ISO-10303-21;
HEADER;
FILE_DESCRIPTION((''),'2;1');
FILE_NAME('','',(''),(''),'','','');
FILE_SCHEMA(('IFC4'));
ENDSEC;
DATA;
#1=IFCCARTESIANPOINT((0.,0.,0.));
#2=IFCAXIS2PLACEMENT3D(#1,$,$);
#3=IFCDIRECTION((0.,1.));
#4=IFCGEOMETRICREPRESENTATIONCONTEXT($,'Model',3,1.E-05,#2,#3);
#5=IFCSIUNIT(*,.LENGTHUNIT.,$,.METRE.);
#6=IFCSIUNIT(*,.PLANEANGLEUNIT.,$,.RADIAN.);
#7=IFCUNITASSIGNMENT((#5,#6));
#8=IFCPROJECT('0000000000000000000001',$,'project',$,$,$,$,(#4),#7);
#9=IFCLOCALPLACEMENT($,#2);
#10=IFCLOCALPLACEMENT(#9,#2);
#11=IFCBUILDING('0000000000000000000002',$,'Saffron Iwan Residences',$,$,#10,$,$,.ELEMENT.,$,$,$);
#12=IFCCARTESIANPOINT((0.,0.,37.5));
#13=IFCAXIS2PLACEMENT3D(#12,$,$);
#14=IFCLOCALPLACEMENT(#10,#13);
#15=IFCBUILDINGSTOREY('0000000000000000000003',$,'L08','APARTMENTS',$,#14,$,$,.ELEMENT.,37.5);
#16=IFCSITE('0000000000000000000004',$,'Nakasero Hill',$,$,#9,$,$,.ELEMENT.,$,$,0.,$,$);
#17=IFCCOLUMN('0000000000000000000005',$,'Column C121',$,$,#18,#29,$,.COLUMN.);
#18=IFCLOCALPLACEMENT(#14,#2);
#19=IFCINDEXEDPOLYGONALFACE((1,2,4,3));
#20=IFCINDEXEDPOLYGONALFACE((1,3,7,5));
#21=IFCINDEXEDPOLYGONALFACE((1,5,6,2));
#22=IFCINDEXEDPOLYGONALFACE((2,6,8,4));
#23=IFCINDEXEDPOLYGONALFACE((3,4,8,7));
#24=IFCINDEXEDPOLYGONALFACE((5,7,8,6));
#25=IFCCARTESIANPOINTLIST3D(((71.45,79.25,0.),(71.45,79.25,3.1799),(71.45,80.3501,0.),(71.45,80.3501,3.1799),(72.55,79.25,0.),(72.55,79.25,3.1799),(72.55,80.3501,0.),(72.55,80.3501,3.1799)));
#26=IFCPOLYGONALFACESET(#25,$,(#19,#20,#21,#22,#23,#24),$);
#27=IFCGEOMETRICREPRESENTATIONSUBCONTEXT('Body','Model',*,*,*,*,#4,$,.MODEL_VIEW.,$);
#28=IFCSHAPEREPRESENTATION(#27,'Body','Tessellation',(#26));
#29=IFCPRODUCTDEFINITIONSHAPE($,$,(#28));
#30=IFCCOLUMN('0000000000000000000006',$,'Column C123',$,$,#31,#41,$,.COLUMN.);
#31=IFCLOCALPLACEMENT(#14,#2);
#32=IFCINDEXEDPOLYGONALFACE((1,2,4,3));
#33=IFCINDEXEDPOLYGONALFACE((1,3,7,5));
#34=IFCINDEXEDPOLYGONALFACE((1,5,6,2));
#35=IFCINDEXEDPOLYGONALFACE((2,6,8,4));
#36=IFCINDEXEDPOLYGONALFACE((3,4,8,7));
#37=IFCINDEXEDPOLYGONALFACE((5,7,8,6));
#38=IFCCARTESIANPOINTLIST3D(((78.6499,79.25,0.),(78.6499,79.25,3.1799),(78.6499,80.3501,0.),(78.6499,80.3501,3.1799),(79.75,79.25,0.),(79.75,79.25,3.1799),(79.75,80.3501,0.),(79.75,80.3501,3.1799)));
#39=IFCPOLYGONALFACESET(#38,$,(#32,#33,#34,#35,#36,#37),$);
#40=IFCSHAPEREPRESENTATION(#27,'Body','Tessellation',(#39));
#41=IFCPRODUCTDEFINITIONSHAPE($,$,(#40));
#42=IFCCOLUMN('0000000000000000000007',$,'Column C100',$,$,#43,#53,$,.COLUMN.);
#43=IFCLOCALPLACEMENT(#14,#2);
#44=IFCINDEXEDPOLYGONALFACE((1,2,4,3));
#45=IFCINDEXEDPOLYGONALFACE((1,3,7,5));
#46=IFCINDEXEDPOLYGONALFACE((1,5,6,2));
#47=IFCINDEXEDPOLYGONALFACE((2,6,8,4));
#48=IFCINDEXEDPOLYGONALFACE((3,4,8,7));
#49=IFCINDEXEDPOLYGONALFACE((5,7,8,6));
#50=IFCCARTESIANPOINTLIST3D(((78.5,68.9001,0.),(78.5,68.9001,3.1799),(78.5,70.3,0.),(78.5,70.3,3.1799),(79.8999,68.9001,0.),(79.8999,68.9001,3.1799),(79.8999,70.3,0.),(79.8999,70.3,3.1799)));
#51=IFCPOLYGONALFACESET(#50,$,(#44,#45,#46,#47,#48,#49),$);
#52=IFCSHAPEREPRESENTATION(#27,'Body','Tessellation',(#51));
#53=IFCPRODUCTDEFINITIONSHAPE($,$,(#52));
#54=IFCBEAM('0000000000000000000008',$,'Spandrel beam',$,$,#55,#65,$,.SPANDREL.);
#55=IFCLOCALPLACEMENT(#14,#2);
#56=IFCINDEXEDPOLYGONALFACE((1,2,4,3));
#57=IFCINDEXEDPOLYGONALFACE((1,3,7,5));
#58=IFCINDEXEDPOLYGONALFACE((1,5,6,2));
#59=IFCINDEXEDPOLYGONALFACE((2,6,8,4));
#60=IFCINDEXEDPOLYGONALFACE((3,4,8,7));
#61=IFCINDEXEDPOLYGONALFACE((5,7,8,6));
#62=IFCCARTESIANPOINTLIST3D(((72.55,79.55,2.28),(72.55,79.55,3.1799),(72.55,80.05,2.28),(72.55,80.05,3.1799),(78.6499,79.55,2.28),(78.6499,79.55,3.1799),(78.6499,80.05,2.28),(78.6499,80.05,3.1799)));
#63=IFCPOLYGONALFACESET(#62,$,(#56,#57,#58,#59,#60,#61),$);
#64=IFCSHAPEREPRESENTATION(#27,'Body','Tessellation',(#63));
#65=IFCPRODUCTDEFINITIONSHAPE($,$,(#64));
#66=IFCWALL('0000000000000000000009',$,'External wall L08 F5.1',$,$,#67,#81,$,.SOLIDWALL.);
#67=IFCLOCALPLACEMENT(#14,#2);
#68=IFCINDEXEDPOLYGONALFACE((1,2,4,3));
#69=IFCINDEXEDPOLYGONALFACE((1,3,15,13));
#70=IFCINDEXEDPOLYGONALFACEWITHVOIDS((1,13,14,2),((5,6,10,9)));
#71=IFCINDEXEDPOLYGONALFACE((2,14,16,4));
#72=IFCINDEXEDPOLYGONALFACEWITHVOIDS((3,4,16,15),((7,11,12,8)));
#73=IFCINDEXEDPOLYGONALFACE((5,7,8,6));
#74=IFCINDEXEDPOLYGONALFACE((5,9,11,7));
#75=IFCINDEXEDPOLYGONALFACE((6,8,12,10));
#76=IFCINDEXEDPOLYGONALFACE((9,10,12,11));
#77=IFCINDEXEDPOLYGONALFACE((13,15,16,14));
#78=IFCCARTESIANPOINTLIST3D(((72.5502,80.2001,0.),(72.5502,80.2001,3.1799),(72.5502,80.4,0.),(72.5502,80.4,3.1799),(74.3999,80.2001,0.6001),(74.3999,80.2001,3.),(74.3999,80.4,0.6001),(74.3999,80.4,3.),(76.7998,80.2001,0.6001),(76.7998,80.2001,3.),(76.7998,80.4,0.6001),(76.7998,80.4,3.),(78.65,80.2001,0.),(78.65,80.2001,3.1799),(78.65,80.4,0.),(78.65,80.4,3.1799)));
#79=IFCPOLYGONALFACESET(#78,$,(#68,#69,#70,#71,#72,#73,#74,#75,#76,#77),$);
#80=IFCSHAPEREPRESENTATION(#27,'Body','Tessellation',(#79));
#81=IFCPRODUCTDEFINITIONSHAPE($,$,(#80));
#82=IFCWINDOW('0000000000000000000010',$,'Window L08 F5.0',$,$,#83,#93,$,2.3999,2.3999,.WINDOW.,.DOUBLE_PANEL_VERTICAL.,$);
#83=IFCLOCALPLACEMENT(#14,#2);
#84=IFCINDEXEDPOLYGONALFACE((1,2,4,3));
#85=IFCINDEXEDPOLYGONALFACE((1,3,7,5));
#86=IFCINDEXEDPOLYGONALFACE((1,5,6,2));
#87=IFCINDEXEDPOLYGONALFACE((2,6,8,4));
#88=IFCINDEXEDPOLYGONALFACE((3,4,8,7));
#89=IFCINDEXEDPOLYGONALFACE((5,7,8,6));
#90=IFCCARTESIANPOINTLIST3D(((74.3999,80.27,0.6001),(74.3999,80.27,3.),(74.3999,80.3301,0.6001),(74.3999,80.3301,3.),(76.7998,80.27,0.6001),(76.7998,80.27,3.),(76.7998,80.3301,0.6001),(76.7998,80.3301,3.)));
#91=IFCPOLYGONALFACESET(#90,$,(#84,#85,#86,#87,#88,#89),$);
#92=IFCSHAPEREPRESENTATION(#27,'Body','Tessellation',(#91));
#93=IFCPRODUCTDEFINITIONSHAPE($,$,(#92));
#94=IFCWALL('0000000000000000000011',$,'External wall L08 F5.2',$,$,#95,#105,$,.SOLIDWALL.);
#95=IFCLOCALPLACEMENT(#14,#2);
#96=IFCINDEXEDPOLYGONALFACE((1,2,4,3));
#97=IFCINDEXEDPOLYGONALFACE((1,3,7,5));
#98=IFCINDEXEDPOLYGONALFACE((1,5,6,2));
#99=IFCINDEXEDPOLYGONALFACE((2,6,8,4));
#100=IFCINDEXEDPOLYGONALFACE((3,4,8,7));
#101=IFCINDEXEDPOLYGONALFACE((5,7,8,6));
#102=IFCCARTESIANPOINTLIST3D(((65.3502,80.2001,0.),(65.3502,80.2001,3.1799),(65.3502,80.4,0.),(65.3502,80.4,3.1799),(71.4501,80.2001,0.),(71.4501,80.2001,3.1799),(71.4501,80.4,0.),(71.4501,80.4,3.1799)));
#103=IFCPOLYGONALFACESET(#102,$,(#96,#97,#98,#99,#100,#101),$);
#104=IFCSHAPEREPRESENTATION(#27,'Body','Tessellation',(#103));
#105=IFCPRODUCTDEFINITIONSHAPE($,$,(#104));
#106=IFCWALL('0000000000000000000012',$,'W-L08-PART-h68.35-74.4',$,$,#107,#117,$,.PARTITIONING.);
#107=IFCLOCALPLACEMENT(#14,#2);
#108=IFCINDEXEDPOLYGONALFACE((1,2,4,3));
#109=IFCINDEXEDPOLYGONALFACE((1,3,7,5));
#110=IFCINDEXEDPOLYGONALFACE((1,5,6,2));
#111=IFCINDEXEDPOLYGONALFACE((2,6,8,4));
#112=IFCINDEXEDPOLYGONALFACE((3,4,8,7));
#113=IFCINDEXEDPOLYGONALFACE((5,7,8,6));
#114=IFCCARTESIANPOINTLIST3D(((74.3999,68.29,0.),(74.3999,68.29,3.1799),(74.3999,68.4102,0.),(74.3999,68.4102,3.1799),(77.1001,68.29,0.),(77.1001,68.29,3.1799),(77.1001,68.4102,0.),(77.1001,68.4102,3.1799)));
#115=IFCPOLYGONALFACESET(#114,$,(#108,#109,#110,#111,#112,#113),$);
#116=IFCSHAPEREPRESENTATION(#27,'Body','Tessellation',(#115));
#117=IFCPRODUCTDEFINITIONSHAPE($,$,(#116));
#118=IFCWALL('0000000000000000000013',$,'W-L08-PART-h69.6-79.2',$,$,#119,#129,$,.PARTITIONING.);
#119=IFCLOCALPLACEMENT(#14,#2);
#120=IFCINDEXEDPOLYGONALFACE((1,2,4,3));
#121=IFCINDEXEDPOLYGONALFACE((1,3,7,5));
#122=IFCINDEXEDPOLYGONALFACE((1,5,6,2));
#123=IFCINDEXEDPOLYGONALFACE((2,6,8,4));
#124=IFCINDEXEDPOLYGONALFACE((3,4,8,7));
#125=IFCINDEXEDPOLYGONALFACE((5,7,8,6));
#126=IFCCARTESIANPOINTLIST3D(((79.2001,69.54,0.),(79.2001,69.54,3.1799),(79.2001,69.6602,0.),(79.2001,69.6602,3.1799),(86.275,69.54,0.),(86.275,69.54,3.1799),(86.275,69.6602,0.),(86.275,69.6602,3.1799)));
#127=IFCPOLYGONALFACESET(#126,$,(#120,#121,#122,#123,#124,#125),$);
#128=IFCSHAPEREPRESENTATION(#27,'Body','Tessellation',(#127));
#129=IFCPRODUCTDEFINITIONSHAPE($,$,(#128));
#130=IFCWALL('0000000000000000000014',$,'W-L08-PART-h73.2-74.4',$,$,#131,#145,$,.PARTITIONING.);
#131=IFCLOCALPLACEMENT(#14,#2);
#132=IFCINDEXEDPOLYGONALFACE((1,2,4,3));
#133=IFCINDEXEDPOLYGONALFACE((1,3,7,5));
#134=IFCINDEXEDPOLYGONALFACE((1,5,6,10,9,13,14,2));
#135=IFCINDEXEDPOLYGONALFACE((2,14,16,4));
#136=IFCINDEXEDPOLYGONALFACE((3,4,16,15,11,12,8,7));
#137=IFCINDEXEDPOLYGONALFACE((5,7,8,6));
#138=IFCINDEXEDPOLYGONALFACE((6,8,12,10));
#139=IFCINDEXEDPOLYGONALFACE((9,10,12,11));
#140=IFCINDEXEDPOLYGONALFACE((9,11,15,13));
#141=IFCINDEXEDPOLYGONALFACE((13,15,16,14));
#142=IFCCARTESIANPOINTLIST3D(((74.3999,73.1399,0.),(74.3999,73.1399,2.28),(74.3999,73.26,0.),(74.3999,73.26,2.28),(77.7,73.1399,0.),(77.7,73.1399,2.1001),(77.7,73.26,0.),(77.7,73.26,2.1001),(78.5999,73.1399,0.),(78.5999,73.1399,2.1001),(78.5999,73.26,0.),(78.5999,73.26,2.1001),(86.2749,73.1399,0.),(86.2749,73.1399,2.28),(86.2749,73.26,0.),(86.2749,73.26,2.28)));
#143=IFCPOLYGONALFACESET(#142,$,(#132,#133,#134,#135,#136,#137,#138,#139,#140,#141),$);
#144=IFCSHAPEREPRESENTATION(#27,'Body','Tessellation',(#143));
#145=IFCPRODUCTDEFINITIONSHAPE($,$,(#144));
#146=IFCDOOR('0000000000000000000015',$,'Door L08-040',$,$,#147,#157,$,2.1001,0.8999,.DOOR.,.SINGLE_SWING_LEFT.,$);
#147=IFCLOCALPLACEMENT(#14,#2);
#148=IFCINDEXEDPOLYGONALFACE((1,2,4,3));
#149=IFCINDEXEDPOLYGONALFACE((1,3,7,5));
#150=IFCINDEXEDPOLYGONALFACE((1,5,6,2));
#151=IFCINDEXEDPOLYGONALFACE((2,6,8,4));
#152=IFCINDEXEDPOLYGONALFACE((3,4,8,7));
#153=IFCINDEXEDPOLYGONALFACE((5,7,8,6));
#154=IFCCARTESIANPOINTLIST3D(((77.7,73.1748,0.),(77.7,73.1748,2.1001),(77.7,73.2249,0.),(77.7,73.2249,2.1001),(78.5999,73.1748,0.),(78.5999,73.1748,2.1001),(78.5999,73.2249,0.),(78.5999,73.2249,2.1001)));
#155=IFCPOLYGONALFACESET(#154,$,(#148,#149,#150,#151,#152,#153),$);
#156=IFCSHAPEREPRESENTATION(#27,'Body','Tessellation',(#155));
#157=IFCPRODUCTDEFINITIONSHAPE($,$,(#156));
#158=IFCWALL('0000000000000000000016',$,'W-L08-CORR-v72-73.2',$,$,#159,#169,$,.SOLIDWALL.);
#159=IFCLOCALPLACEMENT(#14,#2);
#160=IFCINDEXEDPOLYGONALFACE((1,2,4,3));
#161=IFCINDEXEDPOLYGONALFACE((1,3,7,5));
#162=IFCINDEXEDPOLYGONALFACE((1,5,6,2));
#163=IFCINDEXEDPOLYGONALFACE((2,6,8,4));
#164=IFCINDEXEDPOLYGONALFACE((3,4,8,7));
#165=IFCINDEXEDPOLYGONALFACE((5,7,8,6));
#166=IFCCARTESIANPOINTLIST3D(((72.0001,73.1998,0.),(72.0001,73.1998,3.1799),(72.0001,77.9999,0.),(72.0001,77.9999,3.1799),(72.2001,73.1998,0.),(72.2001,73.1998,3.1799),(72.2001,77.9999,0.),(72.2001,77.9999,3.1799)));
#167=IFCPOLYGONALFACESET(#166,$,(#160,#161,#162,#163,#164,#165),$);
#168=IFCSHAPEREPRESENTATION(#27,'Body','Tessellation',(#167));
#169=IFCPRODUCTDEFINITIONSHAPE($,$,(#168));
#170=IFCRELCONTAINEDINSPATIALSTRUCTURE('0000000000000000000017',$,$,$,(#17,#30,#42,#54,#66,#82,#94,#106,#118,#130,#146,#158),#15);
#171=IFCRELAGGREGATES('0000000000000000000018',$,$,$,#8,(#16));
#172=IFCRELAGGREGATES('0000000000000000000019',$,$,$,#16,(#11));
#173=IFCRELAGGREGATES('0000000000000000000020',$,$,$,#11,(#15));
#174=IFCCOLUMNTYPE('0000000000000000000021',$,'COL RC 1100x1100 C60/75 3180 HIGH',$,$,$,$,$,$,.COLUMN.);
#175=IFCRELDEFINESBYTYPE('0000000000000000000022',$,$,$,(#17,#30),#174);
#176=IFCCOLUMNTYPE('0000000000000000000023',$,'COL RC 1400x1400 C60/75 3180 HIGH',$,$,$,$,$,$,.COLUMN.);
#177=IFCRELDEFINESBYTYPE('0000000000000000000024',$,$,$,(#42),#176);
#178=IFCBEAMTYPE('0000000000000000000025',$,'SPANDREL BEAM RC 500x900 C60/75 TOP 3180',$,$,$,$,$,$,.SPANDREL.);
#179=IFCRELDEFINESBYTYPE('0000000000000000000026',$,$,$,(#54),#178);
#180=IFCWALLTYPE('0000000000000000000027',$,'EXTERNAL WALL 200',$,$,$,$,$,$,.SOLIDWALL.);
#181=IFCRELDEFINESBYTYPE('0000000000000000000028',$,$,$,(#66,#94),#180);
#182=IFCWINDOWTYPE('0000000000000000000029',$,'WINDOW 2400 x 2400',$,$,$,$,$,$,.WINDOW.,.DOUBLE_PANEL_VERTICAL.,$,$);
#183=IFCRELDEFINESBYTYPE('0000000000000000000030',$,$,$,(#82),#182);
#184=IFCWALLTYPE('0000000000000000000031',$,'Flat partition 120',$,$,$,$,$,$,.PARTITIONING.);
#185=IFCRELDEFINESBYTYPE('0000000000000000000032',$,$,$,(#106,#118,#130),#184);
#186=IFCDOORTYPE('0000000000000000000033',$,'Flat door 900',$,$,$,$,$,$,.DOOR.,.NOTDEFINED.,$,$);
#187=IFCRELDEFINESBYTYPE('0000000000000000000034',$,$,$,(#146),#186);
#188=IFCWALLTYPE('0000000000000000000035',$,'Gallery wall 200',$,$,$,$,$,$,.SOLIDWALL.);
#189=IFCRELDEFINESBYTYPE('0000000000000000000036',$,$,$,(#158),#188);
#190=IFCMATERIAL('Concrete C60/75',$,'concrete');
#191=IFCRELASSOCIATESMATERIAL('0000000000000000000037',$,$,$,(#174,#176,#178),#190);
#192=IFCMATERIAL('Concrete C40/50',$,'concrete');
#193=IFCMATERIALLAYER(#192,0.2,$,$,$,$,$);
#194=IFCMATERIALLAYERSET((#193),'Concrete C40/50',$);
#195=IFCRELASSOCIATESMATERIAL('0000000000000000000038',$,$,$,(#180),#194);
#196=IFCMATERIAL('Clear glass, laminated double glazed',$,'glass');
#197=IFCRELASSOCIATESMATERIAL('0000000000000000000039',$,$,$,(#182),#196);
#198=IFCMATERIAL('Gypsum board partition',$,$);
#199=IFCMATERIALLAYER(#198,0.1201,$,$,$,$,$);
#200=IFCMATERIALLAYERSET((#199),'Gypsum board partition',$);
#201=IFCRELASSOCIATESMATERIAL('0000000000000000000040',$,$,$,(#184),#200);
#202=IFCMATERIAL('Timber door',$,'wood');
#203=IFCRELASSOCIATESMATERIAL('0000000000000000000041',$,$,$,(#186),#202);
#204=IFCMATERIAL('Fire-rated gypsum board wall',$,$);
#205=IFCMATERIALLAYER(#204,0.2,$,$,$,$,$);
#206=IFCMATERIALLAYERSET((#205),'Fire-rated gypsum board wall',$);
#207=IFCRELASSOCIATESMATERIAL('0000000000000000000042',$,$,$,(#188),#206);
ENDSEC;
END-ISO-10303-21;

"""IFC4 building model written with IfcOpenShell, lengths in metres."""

from ifc_helpers import new_model, si_unit, direction, frame, frame_2d, origin, origin_2d, place, context, subcontext, project, spatial, rectangle, extrude, source, transform, mapped, material, layer, layer_set, material_profile, profile_set, type_object, element, fill, save


model = new_model("IFC4")

# Units and contexts
model_context = context("Model", 3, precision=1e-05, world=origin(), true_north=direction((0.0, 1.0)))
body_context = subcontext(model_context, "Body", "Model", "MODEL_VIEW")
ifc_project = project(units=[si_unit("LENGTHUNIT", "METRE"), si_unit("PLANEANGLEUNIT", "RADIAN")], contexts=[model_context])

# Site, building, storey
site_placement = place(None, origin())
site = spatial("IfcSite", under=ifc_project, at=site_placement, Name="Nakasero Hill", CompositionType="ELEMENT", RefElevation=0.0)
building_placement = place(site_placement, origin())
building = spatial("IfcBuilding", under=site, at=building_placement, Name="Saffron Iwan Residences", CompositionType="ELEMENT")
storey_placement = place(building_placement, frame((0.0, 0.0, 37.5)))
storey = spatial("IfcBuildingStorey", under=building, at=storey_placement, Name="L08", Description="APARTMENTS", CompositionType="ELEMENT", Elevation=37.5)

# Columns
ifc_material_1 = material(Name="Concrete C60/75", Category="concrete")
ifc_material_profile_1 = material_profile(ifc_material_1, rectangle(XDim=1.1001, YDim=1.1001, at=origin_2d()), Name="RC 1100x1100")
ifc_profile_set_1 = profile_set([ifc_material_profile_1], Name="Concrete C60/75")
column_type_1 = type_object("IfcColumnType", Name="COL RC 1100x1100 C60/75 3180 HIGH", PredefinedType="COLUMN", material=ifc_profile_set_1)
shared_shape_1 = source(origin(), body_context, "Body", "SweptSolid", [
    extrude(rectangle(XDim=1.1001, YDim=1.1001, at=origin_2d()), origin(), (0.0, 0.0, 1.0), 3.1799),
])
for number, where, z_axis, x_axis, name in (
    (1, (72.0, 79.8, 0.0), (0.0, 0.0, 1.0), (1.0, 0.0, 0.0), "Column C121"),
    (2, (79.2, 79.8, 0.0), (0.0, 0.0, 1.0), (1.0, 0.0, 0.0), "Column C123"),
):
    element("IfcColumn", number, at=place(storey_placement, frame(where, z_axis=z_axis, x_axis=x_axis)), inside=storey, type_object=column_type_1, Name=name, PredefinedType="COLUMN", context=body_context, shape_type="MappedRepresentation", body=[
        mapped(shared_shape_1, transform((0.0, 0.0, 0.0))),
    ])
ifc_material_profile_2 = material_profile(ifc_material_1, rectangle(XDim=1.3999, YDim=1.3999, at=origin_2d()), Name="RC 1400x1400")
ifc_profile_set_2 = profile_set([ifc_material_profile_2], Name="Concrete C60/75")
column_type_2 = type_object("IfcColumnType", Name="COL RC 1400x1400 C60/75 3180 HIGH", PredefinedType="COLUMN", material=ifc_profile_set_2)
shared_shape_2 = source(origin(), body_context, "Body", "SweptSolid", [
    extrude(rectangle(XDim=1.3999, YDim=1.3999, at=origin_2d()), origin(), (0.0, 0.0, 1.0), 3.1799),
])
column_placement = place(storey_placement, frame((79.2, 69.6001, 0.0), z_axis=(0.0, 0.0, 1.0), x_axis=(1.0, 0.0, 0.0)))
element("IfcColumn", 3, at=column_placement, inside=storey, type_object=column_type_2, Name="Column C100", PredefinedType="COLUMN", context=body_context, shape_type="MappedRepresentation", body=[
    mapped(shared_shape_2, transform((0.0, 0.0, 0.0))),
])

# Beam
ifc_material_profile_3 = material_profile(ifc_material_1, rectangle(XDim=0.5, YDim=0.8999, at=origin_2d()), Name="RC 500x900")
ifc_profile_set_3 = profile_set([ifc_material_profile_3], Name="Concrete C60/75")
beam_type = type_object("IfcBeamType", Name="SPANDREL BEAM RC 500x900 C60/75 TOP 3180", PredefinedType="SPANDREL", material=ifc_profile_set_3)
shared_shape_3 = source(origin(), body_context, "Body", "SweptSolid", [
    extrude(rectangle(XDim=0.5, YDim=0.8999, at=origin_2d()), origin(), (0.0, 0.0, 1.0), 6.0999),
])
beam_placement = place(storey_placement, frame((72.55, 79.8, 2.73), z_axis=(1.0, 0.0, 0.0), x_axis=(0.0, 1.0, 0.0)))
element("IfcBeam", 4, at=beam_placement, inside=storey, type_object=beam_type, Name="Spandrel beam", PredefinedType="SPANDREL", context=body_context, shape_type="MappedRepresentation", body=[
    mapped(shared_shape_3, transform((0.0, 0.0, 0.0))),
])

# Wall, opening, window
ifc_material_2 = material(Name="Concrete C40/50", Category="concrete")
ifc_layer_1 = layer(ifc_material_2, 0.2)
ifc_layer_set_1 = layer_set([ifc_layer_1], Name="Concrete C40/50")
wall_type_1 = type_object("IfcWallType", Name="EXTERNAL WALL 200", PredefinedType="SOLIDWALL", material=ifc_layer_set_1)
wall_1_placement = place(storey_placement, frame((78.6499, 80.3, 0.0), z_axis=(0.0, 0.0, 1.0), x_axis=(-1.0, 0.0, 0.0)))
wall_1 = element("IfcWall", 5, at=wall_1_placement, inside=storey, type_object=wall_type_1, Name="External wall L08 F5.1", PredefinedType="SOLIDWALL", context=body_context, shape_type="SweptSolid", body=[
    extrude(rectangle(XDim=6.0999, YDim=0.2, at=frame_2d((3.0498, 0.0))), origin(), (0.0, 0.0, 1.0), 3.1799),
])
opening_1_placement = place(wall_1_placement, frame((1.8501, 0.0, 0.6001)))
opening_1 = element("IfcOpeningElement", 6, at=opening_1_placement, cuts=wall_1, PredefinedType="OPENING", context=body_context, shape_type="SweptSolid", body=[
    extrude(rectangle(XDim=2.3999, YDim=2.3999, at=frame_2d((1.2, 1.2))), frame((0.0, 0.1099, 0.0), z_axis=(0.0, -1.0, 0.0), x_axis=(1.0, 0.0, 0.0)), (0.0, 0.0, 1.0), 0.22),
])
ifc_material_3 = material(Name="Clear glass, laminated double glazed", Category="glass")
window_type = type_object("IfcWindowType", Name="WINDOW 2400 x 2400", PartitioningType="DOUBLE_PANEL_VERTICAL", PredefinedType="WINDOW", material=ifc_material_3)
window_placement = place(opening_1_placement, origin())
window = element("IfcWindow", 7, at=window_placement, inside=storey, type_object=window_type, Name="Window L08 F5.0", OverallHeight=2.3999, OverallWidth=2.3999, PartitioningType="DOUBLE_PANEL_VERTICAL", PredefinedType="WINDOW", context=body_context, shape_type="SweptSolid", body=[
    extrude(rectangle(XDim=2.3999, YDim=2.3999, at=frame_2d((1.2, 1.2))), frame((0.0, 0.03, 0.0), z_axis=(0.0, -1.0, 0.0), x_axis=(1.0, 0.0, 0.0)), (0.0, 0.0, 1.0), 0.0601),
])
fill(opening_1, window)

# Walls
wall_2_placement = place(storey_placement, frame((71.45, 80.3, 0.0), z_axis=(0.0, 0.0, 1.0), x_axis=(-1.0, 0.0, 0.0)))
element("IfcWall", 8, at=wall_2_placement, inside=storey, type_object=wall_type_1, Name="External wall L08 F5.2", PredefinedType="SOLIDWALL", context=body_context, shape_type="SweptSolid", body=[
    extrude(rectangle(XDim=6.0999, YDim=0.2, at=frame_2d((3.0498, 0.0))), origin(), (0.0, 0.0, 1.0), 3.1799),
])
ifc_material_4 = material(Name="Gypsum board partition")
ifc_layer_2 = layer(ifc_material_4, 0.1201)
ifc_layer_set_2 = layer_set([ifc_layer_2], Name="Gypsum board partition")
wall_type_2 = type_object("IfcWallType", Name="Flat partition 120", PredefinedType="PARTITIONING", material=ifc_layer_set_2)
wall_3_placement = place(storey_placement, frame((74.3999, 68.3501, 0.0), z_axis=(0.0, 0.0, 1.0), x_axis=(1.0, 0.0, 0.0)))
element("IfcWall", 9, at=wall_3_placement, inside=storey, type_object=wall_type_2, Name="W-L08-PART-h68.35-74.4", PredefinedType="PARTITIONING", context=body_context, shape_type="SweptSolid", body=[
    extrude(rectangle(XDim=2.7002, YDim=0.1201, at=frame_2d((1.3501, 0.0))), origin(), (0.0, 0.0, 1.0), 3.1799),
])
wall_4_placement = place(storey_placement, frame((79.2, 69.6001, 0.0), z_axis=(0.0, 0.0, 1.0), x_axis=(1.0, 0.0, 0.0)))
element("IfcWall", 10, at=wall_4_placement, inside=storey, type_object=wall_type_2, Name="W-L08-PART-h69.6-79.2", PredefinedType="PARTITIONING", context=body_context, shape_type="SweptSolid", body=[
    extrude(rectangle(XDim=7.075, YDim=0.1201, at=frame_2d((3.5376, 0.0))), origin(), (0.0, 0.0, 1.0), 3.1799),
])

# Wall, opening, door
wall_5_placement = place(storey_placement, frame((74.3999, 73.2, 0.0), z_axis=(0.0, 0.0, 1.0), x_axis=(1.0, 0.0, 0.0)))
wall_5 = element("IfcWall", 11, at=wall_5_placement, inside=storey, type_object=wall_type_2, Name="W-L08-PART-h73.2-74.4", PredefinedType="PARTITIONING", context=body_context, shape_type="SweptSolid", body=[
    extrude(rectangle(XDim=11.875, YDim=0.1201, at=frame_2d((5.9375, 0.0))), origin(), (0.0, 0.0, 1.0), 2.28),
])
opening_2_placement = place(wall_5_placement, frame((3.3, 0.0, 0.0)))
opening_2 = element("IfcOpeningElement", 12, at=opening_2_placement, cuts=wall_5, PredefinedType="OPENING", context=body_context, shape_type="SweptSolid", body=[
    extrude(rectangle(XDim=0.8999, YDim=2.1001, at=frame_2d((0.45, 1.05))), frame((0.0, 0.0701, 0.0), z_axis=(0.0, -1.0, 0.0), x_axis=(1.0, 0.0, 0.0)), (0.0, 0.0, 1.0), 0.1401),
])
ifc_material_5 = material(Name="Timber door", Category="wood")
door_type = type_object("IfcDoorType", Name="Flat door 900", OperationType="NOTDEFINED", PredefinedType="DOOR", material=ifc_material_5)
door_placement = place(opening_2_placement, origin())
door = element("IfcDoor", 13, at=door_placement, inside=storey, type_object=door_type, Name="Door L08-040", OperationType="SINGLE_SWING_LEFT", OverallHeight=2.1001, OverallWidth=0.8999, PredefinedType="DOOR", context=body_context, shape_type="SweptSolid", body=[
    extrude(rectangle(XDim=0.8999, YDim=2.1001, at=frame_2d((0.45, 1.05))), frame((0.0, 0.0249, 0.0), z_axis=(0.0, -1.0, 0.0), x_axis=(1.0, 0.0, 0.0)), (0.0, 0.0, 1.0), 0.05),
])
fill(opening_2, door)

# Wall
ifc_material_6 = material(Name="Fire-rated gypsum board wall")
ifc_layer_3 = layer(ifc_material_6, 0.2)
ifc_layer_set_3 = layer_set([ifc_layer_3], Name="Fire-rated gypsum board wall")
wall_type_3 = type_object("IfcWallType", Name="Gallery wall 200", PredefinedType="SOLIDWALL", material=ifc_layer_set_3)
wall_6_placement = place(storey_placement, frame((72.1001, 73.2, 0.0), z_axis=(0.0, 0.0, 1.0), x_axis=(0.0, 1.0, 0.0)))
element("IfcWall", 14, at=wall_6_placement, inside=storey, type_object=wall_type_3, Name="W-L08-CORR-v72-73.2", PredefinedType="SOLIDWALL", context=body_context, shape_type="SweptSolid", body=[
    extrude(rectangle(XDim=4.8, YDim=0.2, at=frame_2d((2.3999, 0.0))), origin(), (0.0, 0.0, 1.0), 3.1799),
])

save(model, "model.ifc")
